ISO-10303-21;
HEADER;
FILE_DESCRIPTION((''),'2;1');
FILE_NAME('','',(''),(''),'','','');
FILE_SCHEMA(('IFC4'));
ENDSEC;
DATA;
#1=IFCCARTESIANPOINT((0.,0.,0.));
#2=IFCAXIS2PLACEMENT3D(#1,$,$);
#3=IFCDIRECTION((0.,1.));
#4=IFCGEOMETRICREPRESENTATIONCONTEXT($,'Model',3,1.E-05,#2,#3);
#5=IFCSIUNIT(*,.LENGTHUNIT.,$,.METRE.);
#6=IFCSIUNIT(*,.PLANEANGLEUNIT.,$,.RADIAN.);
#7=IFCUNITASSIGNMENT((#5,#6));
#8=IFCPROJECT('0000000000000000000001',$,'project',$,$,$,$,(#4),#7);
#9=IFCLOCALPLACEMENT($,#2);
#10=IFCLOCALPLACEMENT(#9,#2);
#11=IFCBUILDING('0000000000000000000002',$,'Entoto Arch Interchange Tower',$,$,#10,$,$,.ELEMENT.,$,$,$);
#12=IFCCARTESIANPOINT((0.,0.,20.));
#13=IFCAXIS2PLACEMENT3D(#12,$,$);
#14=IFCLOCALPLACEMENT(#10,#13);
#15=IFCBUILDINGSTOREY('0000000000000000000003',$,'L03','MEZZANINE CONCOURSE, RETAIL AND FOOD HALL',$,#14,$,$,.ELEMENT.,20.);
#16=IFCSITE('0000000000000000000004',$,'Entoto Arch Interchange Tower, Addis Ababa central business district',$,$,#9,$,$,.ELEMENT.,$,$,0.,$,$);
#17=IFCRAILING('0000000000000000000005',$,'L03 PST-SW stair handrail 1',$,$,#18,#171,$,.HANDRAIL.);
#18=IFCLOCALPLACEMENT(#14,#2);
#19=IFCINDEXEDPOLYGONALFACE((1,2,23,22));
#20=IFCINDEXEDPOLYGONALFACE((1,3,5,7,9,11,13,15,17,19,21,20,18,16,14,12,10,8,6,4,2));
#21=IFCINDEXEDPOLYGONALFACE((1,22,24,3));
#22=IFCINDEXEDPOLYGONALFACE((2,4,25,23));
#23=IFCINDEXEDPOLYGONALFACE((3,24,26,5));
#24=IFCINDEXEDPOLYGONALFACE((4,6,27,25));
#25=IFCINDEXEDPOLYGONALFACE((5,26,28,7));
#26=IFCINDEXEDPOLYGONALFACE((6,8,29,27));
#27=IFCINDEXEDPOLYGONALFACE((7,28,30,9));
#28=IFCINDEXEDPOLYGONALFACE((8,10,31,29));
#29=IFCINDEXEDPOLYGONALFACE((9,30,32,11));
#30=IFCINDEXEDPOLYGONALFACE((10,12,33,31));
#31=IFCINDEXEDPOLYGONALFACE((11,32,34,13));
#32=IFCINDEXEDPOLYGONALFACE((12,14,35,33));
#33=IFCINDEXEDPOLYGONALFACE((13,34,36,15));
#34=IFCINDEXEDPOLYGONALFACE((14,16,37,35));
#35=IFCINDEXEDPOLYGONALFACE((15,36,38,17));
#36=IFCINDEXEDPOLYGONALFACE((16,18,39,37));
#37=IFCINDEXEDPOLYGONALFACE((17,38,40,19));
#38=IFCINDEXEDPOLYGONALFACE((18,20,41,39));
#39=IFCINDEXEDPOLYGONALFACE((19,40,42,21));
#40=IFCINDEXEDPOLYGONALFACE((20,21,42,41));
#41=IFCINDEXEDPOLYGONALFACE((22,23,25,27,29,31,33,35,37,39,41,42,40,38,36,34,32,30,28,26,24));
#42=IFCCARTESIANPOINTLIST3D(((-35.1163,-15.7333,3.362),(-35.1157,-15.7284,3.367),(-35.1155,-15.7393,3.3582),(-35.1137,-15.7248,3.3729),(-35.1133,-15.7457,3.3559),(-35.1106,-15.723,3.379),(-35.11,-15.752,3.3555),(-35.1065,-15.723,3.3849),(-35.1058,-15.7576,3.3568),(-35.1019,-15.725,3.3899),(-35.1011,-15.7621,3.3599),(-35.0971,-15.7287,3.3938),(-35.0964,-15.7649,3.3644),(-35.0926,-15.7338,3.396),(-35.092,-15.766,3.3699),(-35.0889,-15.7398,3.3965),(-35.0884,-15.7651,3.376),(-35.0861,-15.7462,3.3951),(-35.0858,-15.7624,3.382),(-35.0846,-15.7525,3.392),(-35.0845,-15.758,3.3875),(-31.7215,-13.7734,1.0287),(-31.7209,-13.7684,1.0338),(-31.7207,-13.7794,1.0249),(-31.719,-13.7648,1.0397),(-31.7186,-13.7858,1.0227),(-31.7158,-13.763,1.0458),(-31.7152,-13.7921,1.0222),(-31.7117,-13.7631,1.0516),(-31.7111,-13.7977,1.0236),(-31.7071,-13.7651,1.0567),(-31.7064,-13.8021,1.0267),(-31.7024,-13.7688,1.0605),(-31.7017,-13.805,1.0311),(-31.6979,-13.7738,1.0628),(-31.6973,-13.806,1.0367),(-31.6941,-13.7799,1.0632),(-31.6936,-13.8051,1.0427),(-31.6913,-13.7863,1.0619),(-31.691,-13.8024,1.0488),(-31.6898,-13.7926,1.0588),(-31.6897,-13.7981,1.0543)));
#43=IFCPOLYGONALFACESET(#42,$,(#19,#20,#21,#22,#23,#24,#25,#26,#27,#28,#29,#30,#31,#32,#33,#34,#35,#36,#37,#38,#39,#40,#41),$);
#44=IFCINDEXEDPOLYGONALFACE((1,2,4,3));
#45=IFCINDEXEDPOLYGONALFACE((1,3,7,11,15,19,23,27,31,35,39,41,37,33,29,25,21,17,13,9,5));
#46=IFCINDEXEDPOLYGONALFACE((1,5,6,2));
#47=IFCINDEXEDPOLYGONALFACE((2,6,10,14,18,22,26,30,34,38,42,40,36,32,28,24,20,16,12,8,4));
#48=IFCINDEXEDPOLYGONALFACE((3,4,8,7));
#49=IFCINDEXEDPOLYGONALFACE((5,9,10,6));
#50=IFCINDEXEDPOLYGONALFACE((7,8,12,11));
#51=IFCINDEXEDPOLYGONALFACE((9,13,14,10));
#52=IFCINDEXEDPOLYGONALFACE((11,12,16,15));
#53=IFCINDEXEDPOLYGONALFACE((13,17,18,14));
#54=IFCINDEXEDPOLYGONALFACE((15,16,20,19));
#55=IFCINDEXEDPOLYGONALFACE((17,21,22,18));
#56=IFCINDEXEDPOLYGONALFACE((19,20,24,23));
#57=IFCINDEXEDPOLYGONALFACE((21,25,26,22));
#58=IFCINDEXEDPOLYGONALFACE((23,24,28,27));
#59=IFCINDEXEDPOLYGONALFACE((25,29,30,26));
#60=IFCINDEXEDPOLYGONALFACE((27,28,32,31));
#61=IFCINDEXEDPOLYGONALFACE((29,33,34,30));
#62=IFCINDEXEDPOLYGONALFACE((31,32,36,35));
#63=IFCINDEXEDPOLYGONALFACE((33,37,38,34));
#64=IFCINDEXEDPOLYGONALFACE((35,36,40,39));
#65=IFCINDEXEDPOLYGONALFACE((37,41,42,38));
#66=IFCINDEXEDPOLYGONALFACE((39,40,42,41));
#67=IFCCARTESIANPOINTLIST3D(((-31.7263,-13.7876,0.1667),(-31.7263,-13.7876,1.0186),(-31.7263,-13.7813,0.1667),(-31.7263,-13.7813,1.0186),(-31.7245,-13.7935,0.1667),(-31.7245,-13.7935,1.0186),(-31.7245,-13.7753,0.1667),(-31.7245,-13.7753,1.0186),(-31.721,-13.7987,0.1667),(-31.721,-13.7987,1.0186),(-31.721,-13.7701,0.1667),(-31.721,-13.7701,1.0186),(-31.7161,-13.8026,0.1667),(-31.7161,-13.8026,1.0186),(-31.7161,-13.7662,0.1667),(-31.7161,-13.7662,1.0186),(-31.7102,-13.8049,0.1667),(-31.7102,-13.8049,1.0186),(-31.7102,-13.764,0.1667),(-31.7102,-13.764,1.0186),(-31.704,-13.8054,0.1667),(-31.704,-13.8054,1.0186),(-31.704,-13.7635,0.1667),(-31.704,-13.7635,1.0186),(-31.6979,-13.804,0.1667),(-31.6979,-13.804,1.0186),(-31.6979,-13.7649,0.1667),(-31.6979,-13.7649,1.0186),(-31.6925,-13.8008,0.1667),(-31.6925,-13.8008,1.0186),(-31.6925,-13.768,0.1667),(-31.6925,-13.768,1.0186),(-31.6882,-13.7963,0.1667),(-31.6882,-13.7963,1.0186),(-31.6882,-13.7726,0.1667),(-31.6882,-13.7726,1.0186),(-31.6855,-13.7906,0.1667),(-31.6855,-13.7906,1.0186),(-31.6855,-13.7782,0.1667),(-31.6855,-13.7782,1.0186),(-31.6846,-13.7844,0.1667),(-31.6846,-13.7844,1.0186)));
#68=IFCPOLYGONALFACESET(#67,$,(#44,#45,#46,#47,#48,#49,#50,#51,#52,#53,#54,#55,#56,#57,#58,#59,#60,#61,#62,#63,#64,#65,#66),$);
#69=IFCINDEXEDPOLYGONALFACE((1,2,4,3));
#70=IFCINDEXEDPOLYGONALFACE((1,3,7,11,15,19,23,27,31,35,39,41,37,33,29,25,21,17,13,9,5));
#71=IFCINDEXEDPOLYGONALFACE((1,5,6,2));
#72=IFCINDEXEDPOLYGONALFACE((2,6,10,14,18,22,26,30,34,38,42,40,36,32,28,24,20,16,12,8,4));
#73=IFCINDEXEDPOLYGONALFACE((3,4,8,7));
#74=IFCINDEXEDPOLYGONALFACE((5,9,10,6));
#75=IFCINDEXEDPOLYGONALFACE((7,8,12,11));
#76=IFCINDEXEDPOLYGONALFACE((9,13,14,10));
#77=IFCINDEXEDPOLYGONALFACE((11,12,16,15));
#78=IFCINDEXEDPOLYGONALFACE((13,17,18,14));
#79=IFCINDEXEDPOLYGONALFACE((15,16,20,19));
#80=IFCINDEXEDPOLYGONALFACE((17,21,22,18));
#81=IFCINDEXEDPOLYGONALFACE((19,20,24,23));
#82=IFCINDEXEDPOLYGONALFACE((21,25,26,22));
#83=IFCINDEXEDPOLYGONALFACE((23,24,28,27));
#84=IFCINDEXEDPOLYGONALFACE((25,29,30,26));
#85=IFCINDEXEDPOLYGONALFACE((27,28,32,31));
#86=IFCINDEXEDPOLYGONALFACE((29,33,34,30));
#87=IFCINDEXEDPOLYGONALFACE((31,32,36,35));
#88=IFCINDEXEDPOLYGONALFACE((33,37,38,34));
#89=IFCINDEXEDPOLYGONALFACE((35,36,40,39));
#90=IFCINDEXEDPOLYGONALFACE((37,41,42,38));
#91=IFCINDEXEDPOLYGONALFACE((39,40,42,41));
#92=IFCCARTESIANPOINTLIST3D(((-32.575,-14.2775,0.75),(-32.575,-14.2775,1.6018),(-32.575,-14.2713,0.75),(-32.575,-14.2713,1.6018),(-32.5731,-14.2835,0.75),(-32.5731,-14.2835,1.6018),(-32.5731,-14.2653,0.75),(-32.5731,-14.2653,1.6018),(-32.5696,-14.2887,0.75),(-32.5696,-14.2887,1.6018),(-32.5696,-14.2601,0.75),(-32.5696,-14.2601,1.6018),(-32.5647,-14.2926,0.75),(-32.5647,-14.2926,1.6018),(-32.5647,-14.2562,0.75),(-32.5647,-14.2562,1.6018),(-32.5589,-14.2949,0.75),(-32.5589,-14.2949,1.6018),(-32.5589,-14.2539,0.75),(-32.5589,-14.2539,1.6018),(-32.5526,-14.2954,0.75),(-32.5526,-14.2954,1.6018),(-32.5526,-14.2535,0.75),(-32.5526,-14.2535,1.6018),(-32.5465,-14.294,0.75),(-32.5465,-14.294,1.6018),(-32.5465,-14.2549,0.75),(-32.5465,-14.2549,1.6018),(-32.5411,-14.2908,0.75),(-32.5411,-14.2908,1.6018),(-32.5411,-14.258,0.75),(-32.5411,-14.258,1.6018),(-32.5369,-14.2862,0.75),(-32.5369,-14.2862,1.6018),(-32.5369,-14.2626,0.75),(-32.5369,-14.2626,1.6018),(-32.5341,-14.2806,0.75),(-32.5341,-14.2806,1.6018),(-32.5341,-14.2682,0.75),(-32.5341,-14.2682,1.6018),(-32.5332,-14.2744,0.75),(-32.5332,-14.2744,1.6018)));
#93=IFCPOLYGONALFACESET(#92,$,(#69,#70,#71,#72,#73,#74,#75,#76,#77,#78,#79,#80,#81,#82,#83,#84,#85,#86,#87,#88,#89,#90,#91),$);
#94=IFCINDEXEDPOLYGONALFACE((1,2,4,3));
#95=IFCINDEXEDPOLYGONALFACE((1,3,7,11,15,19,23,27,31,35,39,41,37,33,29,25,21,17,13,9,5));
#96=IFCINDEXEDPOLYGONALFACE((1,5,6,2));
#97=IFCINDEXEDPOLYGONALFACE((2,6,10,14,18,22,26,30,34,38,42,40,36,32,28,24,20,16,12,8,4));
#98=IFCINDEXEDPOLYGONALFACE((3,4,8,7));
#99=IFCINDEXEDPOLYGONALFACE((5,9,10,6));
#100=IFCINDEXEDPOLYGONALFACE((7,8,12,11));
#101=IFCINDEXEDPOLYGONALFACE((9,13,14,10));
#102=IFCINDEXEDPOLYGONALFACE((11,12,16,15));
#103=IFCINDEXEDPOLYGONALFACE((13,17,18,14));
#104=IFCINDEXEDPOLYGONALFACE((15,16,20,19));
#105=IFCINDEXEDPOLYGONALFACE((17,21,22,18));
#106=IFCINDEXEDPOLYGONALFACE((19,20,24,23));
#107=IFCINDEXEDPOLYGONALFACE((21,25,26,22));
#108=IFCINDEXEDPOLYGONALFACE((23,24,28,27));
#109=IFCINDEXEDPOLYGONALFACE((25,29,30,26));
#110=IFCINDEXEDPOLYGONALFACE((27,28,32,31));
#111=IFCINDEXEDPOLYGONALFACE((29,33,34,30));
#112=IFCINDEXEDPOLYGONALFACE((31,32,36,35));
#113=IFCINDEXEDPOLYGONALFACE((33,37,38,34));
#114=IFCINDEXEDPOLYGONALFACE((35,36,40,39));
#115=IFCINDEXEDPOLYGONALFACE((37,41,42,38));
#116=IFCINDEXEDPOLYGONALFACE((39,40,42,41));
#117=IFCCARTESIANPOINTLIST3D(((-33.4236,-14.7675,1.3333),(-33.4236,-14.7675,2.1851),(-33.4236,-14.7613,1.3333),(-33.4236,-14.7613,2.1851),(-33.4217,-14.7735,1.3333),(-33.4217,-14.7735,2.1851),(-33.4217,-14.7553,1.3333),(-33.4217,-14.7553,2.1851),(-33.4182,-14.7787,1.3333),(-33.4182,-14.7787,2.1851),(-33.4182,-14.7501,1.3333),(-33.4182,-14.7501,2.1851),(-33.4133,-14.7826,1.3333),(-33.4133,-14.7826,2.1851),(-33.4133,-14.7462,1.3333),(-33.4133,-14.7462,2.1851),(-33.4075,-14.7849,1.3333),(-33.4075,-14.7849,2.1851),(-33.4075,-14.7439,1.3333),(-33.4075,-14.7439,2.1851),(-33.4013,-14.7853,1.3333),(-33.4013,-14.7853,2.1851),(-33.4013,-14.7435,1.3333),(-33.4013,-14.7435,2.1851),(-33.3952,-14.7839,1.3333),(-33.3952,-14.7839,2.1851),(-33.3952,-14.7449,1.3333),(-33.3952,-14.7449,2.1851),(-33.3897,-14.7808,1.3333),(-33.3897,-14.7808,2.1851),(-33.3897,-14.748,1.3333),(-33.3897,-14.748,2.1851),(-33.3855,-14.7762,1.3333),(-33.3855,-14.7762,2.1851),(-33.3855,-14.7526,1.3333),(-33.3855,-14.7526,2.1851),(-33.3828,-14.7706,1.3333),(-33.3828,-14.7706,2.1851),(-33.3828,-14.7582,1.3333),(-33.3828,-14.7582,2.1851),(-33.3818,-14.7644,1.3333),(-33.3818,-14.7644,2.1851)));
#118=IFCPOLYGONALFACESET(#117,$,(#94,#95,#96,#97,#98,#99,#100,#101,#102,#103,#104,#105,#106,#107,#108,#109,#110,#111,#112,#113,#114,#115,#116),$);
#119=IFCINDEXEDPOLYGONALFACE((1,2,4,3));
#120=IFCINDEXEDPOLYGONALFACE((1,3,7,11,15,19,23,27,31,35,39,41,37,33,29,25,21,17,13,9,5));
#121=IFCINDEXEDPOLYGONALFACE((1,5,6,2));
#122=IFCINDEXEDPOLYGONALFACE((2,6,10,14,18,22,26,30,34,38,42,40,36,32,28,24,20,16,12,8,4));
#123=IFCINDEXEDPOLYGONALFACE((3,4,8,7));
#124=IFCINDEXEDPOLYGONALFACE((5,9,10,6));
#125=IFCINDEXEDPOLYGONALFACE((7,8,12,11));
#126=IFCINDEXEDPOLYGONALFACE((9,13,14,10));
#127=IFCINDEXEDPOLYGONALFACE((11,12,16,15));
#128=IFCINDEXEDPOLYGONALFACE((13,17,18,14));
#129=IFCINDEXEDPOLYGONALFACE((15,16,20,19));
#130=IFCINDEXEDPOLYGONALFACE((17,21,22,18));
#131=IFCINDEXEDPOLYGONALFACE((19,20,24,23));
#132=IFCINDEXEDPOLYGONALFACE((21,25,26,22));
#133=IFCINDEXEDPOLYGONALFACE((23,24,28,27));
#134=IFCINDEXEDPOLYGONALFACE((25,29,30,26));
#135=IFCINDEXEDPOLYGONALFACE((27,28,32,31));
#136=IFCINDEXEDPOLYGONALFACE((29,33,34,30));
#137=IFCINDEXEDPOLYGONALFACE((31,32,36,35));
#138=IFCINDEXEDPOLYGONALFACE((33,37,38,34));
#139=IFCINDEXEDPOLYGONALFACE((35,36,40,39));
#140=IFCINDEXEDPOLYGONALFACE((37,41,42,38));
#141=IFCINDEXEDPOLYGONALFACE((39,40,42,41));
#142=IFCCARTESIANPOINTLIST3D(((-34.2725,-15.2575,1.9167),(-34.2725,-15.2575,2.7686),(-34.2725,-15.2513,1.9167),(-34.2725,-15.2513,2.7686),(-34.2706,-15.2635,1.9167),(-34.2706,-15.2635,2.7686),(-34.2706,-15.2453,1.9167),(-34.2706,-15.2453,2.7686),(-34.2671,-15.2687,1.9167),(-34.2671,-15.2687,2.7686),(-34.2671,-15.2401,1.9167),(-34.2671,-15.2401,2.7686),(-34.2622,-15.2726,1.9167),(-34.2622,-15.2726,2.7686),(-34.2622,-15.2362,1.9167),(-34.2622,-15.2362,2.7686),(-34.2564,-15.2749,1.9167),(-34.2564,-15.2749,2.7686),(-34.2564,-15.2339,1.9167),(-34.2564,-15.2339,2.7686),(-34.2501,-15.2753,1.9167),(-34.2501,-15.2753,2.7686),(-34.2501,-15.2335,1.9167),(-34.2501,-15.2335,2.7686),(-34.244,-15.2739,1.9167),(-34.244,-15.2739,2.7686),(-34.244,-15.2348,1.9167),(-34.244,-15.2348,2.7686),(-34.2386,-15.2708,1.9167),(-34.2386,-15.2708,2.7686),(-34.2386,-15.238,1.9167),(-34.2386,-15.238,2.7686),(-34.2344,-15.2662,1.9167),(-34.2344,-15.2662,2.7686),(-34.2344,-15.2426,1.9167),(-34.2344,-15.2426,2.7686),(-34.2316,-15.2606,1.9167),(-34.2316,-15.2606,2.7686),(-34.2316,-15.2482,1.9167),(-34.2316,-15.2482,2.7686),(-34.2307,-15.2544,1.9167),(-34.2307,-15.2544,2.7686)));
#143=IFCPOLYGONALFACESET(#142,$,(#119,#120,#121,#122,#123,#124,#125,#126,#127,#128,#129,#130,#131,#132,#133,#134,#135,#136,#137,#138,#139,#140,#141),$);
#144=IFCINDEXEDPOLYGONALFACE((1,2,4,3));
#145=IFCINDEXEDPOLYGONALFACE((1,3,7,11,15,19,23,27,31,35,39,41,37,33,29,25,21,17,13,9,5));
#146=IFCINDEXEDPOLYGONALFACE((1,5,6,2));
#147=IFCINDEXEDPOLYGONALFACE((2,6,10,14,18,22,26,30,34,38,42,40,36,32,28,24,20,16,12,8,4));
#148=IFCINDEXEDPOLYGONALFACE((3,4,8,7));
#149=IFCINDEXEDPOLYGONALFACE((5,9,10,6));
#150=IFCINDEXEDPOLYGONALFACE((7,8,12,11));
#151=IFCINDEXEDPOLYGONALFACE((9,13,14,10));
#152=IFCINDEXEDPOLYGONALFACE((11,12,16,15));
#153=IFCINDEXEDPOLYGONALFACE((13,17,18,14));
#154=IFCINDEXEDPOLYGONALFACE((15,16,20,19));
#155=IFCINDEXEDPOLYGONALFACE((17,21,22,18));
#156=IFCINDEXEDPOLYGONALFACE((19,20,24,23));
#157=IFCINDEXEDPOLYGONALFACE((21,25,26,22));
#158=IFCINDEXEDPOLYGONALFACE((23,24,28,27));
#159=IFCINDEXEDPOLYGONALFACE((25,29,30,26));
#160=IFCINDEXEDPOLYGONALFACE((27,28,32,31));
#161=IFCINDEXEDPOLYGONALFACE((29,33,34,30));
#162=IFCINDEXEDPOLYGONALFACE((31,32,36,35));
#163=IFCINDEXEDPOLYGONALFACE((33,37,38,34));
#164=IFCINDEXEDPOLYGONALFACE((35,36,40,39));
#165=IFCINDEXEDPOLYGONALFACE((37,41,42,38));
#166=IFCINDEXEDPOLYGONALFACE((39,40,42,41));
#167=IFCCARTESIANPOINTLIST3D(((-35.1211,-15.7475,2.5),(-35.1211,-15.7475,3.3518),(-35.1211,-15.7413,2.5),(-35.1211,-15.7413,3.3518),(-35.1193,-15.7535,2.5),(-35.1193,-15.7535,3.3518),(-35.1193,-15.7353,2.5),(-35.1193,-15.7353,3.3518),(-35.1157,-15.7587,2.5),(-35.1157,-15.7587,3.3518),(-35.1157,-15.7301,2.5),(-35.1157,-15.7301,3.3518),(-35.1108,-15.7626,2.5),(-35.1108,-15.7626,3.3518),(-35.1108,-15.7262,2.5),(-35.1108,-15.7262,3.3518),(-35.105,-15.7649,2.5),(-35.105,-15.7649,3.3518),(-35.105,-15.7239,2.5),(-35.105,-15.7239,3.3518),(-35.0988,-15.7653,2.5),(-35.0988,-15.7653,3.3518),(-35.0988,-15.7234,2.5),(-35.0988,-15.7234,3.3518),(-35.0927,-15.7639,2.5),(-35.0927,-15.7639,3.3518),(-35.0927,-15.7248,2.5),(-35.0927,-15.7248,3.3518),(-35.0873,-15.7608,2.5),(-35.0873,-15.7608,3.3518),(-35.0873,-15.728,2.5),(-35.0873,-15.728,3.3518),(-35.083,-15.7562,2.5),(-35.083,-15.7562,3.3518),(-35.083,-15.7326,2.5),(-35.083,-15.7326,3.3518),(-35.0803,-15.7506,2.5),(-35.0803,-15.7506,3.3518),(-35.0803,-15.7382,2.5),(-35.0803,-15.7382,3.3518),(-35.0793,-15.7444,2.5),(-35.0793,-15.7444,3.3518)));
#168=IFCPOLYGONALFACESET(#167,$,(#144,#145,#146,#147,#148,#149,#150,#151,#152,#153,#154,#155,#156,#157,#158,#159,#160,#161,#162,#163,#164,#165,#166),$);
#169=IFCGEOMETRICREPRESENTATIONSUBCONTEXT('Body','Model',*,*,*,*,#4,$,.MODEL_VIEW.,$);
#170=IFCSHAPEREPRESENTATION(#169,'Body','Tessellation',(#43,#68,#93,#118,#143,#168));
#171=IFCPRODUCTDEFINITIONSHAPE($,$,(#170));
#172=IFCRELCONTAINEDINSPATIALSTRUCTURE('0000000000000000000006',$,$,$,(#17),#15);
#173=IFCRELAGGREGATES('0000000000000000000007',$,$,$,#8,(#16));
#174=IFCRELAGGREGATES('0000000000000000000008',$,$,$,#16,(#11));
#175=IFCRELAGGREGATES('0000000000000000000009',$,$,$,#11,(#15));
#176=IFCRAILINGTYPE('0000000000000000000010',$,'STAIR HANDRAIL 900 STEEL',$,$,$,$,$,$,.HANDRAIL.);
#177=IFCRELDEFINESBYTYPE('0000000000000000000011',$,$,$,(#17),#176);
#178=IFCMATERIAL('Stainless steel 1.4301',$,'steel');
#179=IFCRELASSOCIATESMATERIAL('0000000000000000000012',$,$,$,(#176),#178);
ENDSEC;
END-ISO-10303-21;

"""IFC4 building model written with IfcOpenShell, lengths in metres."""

from ifc_helpers import new_model, si_unit, direction, frame, origin, origin_2d, place, context, subcontext, project, spatial, circle, extrude, material, type_object, element, save


model = new_model("IFC4")

# Units and contexts
model_context = context("Model", 3, precision=1e-05, world=origin(), true_north=direction((0.0, 1.0)))
body_context = subcontext(model_context, "Body", "Model", "MODEL_VIEW")
ifc_project = project(units=[si_unit("LENGTHUNIT", "METRE"), si_unit("PLANEANGLEUNIT", "RADIAN")], contexts=[model_context])

# Site, building, storey
site_placement = place(None, origin())
site = spatial("IfcSite", under=ifc_project, at=site_placement, Name="Entoto Arch Interchange Tower, Addis Ababa central business district", CompositionType="ELEMENT", RefElevation=0.0)
building_placement = place(site_placement, origin())
building = spatial("IfcBuilding", under=site, at=building_placement, Name="Entoto Arch Interchange Tower", CompositionType="ELEMENT")
storey_placement = place(building_placement, frame((0.0, 0.0, 20.0)))
storey = spatial("IfcBuildingStorey", under=building, at=storey_placement, Name="L03", Description="MEZZANINE CONCOURSE, RETAIL AND FOOD HALL", CompositionType="ELEMENT", Elevation=20.0)

# Railing
ifc_material_1 = material(Name="Stainless steel 1.4301", Category="steel")
railing_type_1 = type_object("IfcRailingType", Name="STAIR HANDRAIL 900 STEEL", PredefinedType="HANDRAIL", material=ifc_material_1)
railing_1_placement = place(storey_placement, frame((-31.7056, -13.7844, 0.1667)))
element("IfcRailing", 1, at=railing_1_placement, inside=storey, type_object=railing_type_1, Name="L03 PST-SW stair handrail 1", PredefinedType="HANDRAIL", context=body_context, shape_type="SweptSolid", body=[
    extrude(circle(Radius=0.0239, at=origin_2d()), frame((0.0, 0.0, 0.876), z_axis=(-0.744175, -0.429646, 0.511476), x_axis=(0.499997, -0.866027, 0.0)), (0.0, 0.0, 1.0), 4.5618),
    extrude(circle(Radius=0.021, at=origin_2d()), origin(), (0.0, 0.0, 1.0), 0.8518),
    extrude(circle(Radius=0.021, at=origin_2d()), frame((-0.8486, -0.49, 0.5833)), (0.0, 0.0, 1.0), 0.8518),
    extrude(circle(Radius=0.021, at=origin_2d()), frame((-1.6973, -0.98, 1.1665)), (0.0, 0.0, 1.0), 0.8518),
    extrude(circle(Radius=0.021, at=origin_2d()), frame((-2.5461, -1.47, 1.75)), (0.0, 0.0, 1.0), 0.8518),
    extrude(circle(Radius=0.021, at=origin_2d()), frame((-3.3948, -1.96, 2.3333)), (0.0, 0.0, 1.0), 0.8518),
])

save(model, "model.ifc")
